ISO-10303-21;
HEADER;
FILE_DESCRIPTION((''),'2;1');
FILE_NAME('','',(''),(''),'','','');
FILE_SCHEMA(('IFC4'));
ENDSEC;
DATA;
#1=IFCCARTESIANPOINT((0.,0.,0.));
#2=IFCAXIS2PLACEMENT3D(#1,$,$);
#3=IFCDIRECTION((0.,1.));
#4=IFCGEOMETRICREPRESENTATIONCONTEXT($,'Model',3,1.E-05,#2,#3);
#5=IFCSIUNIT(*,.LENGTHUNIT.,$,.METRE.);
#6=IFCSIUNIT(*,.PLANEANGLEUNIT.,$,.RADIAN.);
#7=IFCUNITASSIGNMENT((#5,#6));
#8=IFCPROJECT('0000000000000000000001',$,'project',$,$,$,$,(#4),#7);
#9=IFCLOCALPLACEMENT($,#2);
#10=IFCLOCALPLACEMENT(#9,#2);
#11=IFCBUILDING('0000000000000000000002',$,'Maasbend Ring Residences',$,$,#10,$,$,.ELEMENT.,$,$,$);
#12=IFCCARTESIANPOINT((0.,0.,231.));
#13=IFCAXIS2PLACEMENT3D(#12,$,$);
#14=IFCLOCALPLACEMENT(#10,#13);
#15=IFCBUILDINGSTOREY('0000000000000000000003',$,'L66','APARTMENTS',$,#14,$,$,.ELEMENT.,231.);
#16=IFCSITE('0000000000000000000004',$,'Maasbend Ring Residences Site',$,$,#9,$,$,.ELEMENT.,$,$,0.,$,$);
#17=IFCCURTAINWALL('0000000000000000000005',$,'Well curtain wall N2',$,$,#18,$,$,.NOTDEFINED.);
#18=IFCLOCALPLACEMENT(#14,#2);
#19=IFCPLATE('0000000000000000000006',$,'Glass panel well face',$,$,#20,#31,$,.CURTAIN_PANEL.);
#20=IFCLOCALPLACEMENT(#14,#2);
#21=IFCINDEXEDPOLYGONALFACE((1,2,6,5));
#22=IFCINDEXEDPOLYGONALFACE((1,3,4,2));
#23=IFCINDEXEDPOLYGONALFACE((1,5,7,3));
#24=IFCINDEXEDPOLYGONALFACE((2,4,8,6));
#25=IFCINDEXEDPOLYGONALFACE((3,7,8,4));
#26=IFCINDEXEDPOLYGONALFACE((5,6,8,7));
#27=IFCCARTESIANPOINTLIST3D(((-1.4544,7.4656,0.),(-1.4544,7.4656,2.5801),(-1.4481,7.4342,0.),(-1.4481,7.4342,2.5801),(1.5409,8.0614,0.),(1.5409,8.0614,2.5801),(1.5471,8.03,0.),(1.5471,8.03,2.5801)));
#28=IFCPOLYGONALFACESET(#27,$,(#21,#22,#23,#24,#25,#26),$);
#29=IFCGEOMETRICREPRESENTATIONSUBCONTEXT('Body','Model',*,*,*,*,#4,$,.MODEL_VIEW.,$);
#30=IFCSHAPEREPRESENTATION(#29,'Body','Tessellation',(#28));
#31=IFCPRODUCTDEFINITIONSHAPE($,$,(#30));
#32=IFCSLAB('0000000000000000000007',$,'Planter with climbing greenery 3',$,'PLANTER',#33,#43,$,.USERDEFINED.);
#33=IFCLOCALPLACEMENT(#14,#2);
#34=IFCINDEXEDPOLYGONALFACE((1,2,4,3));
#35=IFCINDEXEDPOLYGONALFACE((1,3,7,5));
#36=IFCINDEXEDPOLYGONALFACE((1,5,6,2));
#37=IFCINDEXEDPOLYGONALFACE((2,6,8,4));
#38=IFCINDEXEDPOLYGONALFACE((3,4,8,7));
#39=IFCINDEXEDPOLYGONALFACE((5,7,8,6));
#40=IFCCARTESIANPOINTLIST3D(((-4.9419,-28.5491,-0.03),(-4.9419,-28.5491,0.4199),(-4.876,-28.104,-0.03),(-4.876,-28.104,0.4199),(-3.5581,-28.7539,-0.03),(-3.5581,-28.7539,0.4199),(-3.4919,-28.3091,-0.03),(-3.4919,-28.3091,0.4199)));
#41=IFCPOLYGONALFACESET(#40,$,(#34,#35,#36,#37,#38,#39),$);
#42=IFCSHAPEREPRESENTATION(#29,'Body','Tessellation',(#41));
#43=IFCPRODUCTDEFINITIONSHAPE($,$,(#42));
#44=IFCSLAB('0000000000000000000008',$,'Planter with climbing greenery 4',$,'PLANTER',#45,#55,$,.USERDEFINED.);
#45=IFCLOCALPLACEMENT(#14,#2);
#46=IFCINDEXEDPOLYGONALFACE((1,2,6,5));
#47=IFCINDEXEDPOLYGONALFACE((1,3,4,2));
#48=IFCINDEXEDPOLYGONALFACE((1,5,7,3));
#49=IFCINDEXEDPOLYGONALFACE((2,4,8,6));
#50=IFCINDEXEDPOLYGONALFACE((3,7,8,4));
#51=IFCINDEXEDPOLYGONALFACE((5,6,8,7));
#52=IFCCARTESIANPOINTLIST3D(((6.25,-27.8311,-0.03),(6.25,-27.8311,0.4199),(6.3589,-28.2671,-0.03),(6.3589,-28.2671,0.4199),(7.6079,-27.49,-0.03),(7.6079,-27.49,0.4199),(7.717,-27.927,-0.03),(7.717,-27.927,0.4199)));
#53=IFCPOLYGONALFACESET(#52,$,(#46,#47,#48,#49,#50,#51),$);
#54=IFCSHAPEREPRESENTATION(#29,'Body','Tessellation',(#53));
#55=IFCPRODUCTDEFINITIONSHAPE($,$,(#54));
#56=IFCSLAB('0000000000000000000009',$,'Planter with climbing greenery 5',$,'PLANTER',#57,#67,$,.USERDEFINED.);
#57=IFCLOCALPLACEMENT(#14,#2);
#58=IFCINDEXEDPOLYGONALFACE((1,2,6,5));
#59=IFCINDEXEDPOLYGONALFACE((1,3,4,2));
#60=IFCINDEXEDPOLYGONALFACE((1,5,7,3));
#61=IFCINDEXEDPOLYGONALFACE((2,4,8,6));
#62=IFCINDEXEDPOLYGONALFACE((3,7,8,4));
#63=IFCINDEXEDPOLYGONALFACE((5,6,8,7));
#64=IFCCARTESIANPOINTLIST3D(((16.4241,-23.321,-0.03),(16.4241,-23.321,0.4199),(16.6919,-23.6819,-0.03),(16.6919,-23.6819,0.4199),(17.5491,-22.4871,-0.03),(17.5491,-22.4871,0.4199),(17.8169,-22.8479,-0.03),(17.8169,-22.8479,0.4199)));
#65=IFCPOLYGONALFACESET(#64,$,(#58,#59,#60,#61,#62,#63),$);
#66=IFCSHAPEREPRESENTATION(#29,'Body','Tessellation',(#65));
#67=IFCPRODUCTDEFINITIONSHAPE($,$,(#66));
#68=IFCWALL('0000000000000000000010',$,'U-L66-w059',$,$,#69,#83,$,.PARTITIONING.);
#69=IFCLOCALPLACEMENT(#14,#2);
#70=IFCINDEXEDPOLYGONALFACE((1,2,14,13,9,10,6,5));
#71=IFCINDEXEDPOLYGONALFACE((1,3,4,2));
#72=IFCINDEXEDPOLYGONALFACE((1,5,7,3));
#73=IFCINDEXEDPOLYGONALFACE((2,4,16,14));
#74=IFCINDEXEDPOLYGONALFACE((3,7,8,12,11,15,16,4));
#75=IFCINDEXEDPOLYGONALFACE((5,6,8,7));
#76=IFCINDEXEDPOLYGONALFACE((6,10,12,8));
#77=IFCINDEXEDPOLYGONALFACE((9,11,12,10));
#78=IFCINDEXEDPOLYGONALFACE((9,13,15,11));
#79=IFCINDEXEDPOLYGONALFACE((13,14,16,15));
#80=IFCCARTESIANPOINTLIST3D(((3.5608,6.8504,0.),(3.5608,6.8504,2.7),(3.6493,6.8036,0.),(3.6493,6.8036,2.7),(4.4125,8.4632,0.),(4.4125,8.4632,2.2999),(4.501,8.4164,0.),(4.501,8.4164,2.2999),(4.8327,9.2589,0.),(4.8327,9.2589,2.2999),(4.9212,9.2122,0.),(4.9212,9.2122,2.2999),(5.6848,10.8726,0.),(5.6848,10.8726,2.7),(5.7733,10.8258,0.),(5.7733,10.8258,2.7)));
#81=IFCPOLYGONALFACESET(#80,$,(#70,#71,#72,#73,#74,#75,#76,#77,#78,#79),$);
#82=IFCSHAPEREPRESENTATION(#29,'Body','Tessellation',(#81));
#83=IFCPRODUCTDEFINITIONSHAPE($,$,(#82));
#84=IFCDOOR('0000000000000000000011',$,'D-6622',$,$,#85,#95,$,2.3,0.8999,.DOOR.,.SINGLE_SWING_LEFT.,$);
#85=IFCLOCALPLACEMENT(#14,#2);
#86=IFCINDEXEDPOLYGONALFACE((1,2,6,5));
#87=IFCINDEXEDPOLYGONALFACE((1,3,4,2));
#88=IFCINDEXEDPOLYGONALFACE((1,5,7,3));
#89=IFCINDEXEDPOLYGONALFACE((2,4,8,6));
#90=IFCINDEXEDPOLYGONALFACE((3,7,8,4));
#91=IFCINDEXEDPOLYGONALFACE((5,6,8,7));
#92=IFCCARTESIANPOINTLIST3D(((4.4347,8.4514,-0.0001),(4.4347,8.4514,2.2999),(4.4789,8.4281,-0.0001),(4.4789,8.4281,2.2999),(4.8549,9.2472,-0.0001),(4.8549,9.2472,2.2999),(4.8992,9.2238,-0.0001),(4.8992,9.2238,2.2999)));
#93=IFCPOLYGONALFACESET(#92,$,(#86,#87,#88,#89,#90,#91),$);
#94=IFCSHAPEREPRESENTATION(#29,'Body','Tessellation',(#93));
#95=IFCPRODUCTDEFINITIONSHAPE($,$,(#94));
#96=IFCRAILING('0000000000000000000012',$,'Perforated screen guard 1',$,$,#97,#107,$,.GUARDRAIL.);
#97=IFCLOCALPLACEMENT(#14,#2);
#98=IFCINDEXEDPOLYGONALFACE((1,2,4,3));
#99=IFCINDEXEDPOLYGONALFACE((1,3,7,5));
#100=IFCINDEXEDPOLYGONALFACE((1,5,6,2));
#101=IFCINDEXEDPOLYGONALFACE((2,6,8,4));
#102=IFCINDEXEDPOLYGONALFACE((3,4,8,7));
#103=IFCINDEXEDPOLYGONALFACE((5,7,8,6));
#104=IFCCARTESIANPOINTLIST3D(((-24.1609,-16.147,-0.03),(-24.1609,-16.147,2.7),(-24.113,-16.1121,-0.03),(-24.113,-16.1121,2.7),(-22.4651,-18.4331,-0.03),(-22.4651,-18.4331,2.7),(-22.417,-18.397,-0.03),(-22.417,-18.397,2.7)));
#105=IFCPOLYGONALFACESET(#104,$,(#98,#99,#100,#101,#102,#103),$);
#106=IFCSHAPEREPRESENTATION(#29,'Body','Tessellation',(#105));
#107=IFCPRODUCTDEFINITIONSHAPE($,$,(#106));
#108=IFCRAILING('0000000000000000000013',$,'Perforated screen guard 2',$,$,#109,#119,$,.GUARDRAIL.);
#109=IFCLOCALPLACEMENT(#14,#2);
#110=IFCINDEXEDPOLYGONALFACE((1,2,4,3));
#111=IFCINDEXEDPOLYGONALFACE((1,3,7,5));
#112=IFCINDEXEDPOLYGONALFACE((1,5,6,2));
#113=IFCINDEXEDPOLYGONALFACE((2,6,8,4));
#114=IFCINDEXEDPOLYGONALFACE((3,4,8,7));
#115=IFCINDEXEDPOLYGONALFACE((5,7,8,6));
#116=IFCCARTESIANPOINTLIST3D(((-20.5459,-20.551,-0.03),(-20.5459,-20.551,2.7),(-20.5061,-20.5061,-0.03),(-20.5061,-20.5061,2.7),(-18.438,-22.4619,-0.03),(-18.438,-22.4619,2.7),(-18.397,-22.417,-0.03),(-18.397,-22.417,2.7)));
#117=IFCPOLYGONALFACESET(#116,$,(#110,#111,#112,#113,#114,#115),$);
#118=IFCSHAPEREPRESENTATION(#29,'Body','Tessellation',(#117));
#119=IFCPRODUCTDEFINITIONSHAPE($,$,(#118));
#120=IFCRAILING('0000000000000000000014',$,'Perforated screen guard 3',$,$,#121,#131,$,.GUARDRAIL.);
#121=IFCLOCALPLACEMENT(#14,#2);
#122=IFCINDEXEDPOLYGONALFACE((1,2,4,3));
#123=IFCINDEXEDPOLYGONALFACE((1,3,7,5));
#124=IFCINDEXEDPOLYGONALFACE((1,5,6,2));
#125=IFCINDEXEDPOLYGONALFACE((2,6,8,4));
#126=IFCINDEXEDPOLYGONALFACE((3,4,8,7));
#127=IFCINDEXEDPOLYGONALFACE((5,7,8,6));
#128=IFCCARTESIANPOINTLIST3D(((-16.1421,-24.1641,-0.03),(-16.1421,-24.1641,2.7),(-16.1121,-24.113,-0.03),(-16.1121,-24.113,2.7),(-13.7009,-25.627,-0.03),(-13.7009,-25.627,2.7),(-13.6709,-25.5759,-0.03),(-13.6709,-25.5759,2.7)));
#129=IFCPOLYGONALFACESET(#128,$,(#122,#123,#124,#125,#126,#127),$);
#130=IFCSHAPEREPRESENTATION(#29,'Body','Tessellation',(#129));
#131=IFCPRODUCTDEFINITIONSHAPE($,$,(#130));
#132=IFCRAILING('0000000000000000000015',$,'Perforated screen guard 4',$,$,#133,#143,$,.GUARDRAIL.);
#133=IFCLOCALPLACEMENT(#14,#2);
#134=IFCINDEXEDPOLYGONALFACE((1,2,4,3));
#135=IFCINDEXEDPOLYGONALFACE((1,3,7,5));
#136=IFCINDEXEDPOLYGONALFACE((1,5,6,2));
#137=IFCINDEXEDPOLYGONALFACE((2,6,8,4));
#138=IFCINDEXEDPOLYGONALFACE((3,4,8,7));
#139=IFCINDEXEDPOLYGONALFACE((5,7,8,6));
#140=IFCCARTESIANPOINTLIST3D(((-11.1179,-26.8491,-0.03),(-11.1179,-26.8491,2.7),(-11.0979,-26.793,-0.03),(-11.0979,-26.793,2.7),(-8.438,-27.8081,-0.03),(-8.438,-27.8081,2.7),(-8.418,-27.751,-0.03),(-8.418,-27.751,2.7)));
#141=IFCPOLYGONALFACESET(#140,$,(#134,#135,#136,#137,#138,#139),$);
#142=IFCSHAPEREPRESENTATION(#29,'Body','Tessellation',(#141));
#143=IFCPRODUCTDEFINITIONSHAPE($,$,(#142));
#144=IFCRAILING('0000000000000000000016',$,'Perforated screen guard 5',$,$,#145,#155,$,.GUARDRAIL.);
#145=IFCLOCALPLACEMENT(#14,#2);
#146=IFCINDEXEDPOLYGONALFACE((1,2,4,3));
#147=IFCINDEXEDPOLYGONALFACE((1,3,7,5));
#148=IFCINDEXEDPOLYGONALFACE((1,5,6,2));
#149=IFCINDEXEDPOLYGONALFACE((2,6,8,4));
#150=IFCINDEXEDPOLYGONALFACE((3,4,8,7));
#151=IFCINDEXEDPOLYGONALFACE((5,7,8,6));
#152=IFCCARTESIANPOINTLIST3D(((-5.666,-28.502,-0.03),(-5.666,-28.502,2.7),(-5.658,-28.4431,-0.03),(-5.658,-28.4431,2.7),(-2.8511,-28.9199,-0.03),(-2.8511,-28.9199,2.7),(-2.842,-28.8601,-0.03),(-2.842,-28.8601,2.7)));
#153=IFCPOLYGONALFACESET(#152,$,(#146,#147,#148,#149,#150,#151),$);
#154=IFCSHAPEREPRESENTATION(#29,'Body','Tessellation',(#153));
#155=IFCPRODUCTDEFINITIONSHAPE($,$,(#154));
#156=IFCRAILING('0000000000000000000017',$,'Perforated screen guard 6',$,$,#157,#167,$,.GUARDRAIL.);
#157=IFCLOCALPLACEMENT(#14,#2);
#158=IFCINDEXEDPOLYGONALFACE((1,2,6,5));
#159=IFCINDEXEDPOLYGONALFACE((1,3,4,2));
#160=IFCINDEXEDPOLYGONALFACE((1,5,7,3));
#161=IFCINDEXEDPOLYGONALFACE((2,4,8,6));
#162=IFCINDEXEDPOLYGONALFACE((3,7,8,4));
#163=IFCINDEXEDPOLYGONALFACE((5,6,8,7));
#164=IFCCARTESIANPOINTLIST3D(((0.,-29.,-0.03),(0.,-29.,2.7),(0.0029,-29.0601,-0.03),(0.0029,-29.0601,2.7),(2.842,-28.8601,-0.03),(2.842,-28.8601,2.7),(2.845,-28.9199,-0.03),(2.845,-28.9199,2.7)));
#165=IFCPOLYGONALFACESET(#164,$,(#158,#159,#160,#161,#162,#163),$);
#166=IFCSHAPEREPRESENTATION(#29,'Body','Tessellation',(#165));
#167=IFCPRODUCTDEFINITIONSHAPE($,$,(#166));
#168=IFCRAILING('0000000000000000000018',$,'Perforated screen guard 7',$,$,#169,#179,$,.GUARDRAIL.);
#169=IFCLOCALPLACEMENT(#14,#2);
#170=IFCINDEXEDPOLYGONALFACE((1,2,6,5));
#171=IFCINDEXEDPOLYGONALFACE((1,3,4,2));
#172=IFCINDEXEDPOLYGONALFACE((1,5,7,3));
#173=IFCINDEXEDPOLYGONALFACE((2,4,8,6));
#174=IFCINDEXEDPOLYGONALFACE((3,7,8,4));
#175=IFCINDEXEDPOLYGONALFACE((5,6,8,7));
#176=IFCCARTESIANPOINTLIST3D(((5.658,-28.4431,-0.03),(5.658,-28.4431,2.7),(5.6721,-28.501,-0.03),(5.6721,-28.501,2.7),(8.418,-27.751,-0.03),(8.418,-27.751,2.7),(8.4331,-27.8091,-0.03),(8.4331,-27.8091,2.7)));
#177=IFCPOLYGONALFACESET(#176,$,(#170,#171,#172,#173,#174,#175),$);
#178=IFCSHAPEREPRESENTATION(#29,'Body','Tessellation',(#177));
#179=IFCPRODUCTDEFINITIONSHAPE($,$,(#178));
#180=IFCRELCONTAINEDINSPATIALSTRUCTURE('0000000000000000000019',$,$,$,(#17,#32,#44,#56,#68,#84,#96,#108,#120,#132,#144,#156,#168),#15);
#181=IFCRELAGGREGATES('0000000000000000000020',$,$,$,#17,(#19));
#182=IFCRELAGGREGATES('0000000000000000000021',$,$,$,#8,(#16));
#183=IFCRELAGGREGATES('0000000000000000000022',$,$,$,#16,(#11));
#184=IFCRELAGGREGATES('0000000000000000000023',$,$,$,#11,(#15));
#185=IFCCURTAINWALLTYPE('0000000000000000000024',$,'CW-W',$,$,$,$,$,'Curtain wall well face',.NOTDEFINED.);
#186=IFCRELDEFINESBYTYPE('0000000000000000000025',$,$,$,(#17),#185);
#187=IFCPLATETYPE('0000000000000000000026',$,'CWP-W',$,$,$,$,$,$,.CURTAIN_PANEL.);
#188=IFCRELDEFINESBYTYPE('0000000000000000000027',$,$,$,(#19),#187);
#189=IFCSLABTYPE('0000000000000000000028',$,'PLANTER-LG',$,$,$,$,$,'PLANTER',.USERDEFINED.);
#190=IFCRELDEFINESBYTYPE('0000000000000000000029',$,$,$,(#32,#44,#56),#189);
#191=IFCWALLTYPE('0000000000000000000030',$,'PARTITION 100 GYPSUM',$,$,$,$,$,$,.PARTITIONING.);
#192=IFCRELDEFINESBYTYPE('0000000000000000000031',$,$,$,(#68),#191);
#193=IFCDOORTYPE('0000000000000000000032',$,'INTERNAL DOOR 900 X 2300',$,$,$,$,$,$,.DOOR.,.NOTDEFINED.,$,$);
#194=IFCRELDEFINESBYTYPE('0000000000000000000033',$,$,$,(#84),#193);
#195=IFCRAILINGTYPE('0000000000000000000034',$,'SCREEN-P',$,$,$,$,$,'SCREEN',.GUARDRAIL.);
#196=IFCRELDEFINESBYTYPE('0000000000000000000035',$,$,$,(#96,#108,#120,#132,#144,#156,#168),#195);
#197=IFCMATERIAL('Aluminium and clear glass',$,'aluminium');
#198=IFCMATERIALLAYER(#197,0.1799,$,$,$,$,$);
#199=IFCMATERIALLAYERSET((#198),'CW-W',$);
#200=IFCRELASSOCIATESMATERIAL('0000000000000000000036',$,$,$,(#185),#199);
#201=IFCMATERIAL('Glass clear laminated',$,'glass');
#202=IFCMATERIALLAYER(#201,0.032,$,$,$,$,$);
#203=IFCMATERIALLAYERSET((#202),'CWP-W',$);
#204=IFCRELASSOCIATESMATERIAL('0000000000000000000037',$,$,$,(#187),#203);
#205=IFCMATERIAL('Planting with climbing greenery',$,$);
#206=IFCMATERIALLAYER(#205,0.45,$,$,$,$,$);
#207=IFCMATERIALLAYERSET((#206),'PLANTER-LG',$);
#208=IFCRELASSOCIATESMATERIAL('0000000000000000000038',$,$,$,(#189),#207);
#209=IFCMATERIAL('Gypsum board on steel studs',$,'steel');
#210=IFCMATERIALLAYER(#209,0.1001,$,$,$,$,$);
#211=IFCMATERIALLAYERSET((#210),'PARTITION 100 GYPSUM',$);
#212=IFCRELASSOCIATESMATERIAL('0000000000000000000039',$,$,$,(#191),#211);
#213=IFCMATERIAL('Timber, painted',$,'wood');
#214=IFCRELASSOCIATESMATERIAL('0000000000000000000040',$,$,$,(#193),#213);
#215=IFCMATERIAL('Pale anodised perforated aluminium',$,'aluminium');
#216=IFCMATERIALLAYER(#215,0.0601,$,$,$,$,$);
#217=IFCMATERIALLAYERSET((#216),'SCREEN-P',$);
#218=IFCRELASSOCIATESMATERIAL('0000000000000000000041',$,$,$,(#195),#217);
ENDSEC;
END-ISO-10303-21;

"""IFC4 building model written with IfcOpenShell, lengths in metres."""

from ifc_helpers import new_model, si_unit, direction, frame, frame_2d, origin, origin_2d, place, context, subcontext, project, spatial, polyline, rectangle, outline, extrude, material, layer, layer_set, type_object, element, fill, aggregate, save


model = new_model("IFC4")

# Units and contexts
model_context = context("Model", 3, precision=1e-05, world=origin(), true_north=direction((0.0, 1.0)))
body_context = subcontext(model_context, "Body", "Model", "MODEL_VIEW")
ifc_project = project(units=[si_unit("LENGTHUNIT", "METRE"), si_unit("PLANEANGLEUNIT", "RADIAN")], contexts=[model_context])

# Site, building, storey
site_placement = place(None, origin())
site = spatial("IfcSite", under=ifc_project, at=site_placement, Name="Maasbend Ring Residences Site", CompositionType="ELEMENT", RefElevation=0.0)
building_placement = place(site_placement, origin())
building = spatial("IfcBuilding", under=site, at=building_placement, Name="Maasbend Ring Residences", CompositionType="ELEMENT")
storey_placement = place(building_placement, frame((0.0, 0.0, 231.0)))
storey = spatial("IfcBuildingStorey", under=building, at=storey_placement, Name="L66", Description="APARTMENTS", CompositionType="ELEMENT", Elevation=231.0)

# Shared definitions
ifc_material_1 = material(Name="Aluminium and clear glass", Category="aluminium")
ifc_layer_1 = layer(ifc_material_1, 0.1799)
ifc_layer_set_1 = layer_set([ifc_layer_1], Name="CW-W")
curtain_wall_type = type_object("IfcCurtainWallType", Name="CW-W", ElementType="Curtain wall well face", PredefinedType="NOTDEFINED", material=ifc_layer_set_1)

# Curtain wall
curtain_wall_1_placement = place(storey_placement, origin())
curtain_wall_1 = element("IfcCurtainWall", 1, at=curtain_wall_1_placement, inside=storey, type_object=curtain_wall_type, Name="Well curtain wall N2", PredefinedType="NOTDEFINED")

# Plate
ifc_material_2 = material(Name="Glass clear laminated", Category="glass")
ifc_layer_2 = layer(ifc_material_2, 0.032)
ifc_layer_set_2 = layer_set([ifc_layer_2], Name="CWP-W")
plate_type = type_object("IfcPlateType", Name="CWP-W", PredefinedType="CURTAIN_PANEL", material=ifc_layer_set_2)
plate_1_placement = place(storey_placement, frame((0.0464, 7.7478, 0.0), z_axis=(0.0, 0.0, 1.0), x_axis=(-0.980785, -0.19509, 0.0)))
plate_1 = element("IfcPlate", 2, at=plate_1_placement, type_object=plate_type, Name="Glass panel well face", PredefinedType="CURTAIN_PANEL", context=body_context, shape_type="SweptSolid", body=[
    extrude(rectangle(XDim=3.054, YDim=0.032, at=origin_2d()), origin(), (0.0, 0.0, 1.0), 2.5801),
])
aggregate(curtain_wall_1, [plate_1])

# Slabs
ifc_material_3 = material(Name="Planting with climbing greenery")
ifc_layer_3 = layer(ifc_material_3, 0.45)
ifc_layer_set_3 = layer_set([ifc_layer_3], Name="PLANTER-LG")
slab_type_1 = type_object("IfcSlabType", Name="PLANTER-LG", ElementType="PLANTER", PredefinedType="USERDEFINED", material=ifc_layer_set_3)
slab_1_placement = place(storey_placement, frame((0.0, 0.0, -0.03)))
element("IfcSlab", 3, at=slab_1_placement, inside=storey, type_object=slab_type_1, Name="Planter with climbing greenery 3", ObjectType="PLANTER", PredefinedType="USERDEFINED", context=body_context, shape_type="SweptSolid", body=[
    extrude(outline(polyline([(-4.9419, -28.5491), (-3.5581, -28.7539), (-3.4919, -28.3091), (-4.876, -28.104), (-4.9419, -28.5491)])), origin(), (0.0, 0.0, 1.0), 0.45),
])
slab_2_placement = place(storey_placement, frame((0.0, 0.0, -0.03)))
element("IfcSlab", 4, at=slab_2_placement, inside=storey, type_object=slab_type_1, Name="Planter with climbing greenery 4", ObjectType="PLANTER", PredefinedType="USERDEFINED", context=body_context, shape_type="SweptSolid", body=[
    extrude(outline(polyline([(6.3589, -28.2671), (7.717, -27.927), (7.6079, -27.49), (6.25, -27.8311), (6.3589, -28.2671)])), origin(), (0.0, 0.0, 1.0), 0.45),
])
slab_3_placement = place(storey_placement, frame((0.0, 0.0, -0.03)))
element("IfcSlab", 5, at=slab_3_placement, inside=storey, type_object=slab_type_1, Name="Planter with climbing greenery 5", ObjectType="PLANTER", PredefinedType="USERDEFINED", context=body_context, shape_type="SweptSolid", body=[
    extrude(outline(polyline([(16.6919, -23.6819), (17.8169, -22.8479), (17.5491, -22.4871), (16.4241, -23.321), (16.6919, -23.6819)])), origin(), (0.0, 0.0, 1.0), 0.45),
])

# Wall, opening, door
ifc_material_4 = material(Name="Gypsum board on steel studs", Category="steel")
ifc_layer_4 = layer(ifc_material_4, 0.1001)
ifc_layer_set_4 = layer_set([ifc_layer_4], Name="PARTITION 100 GYPSUM")
wall_type = type_object("IfcWallType", Name="PARTITION 100 GYPSUM", PredefinedType="PARTITIONING", material=ifc_layer_set_4)
wall_placement = place(storey_placement, frame((3.605, 6.8269, 0.0), z_axis=(0.0, 0.0, 1.0), x_axis=(0.466963, 0.884277, 0.0)))
wall = element("IfcWall", 6, at=wall_placement, inside=storey, type_object=wall_type, Name="U-L66-w059", PredefinedType="PARTITIONING", context=body_context, shape_type="SweptSolid", body=[
    extrude(rectangle(XDim=4.5486, YDim=0.1001, at=frame_2d((2.2744, 0.0))), origin(), (0.0, 0.0, 1.0), 2.7),
])
opening_placement = place(wall_placement, frame((1.824, 0.0, 0.0)))
opening = element("IfcOpeningElement", 7, at=opening_placement, cuts=wall, PredefinedType="OPENING", context=body_context, shape_type="SweptSolid", body=[
    extrude(rectangle(XDim=0.8999, YDim=2.3, at=frame_2d((0.45, 1.1499))), frame((0.0, 0.0601, 0.0), z_axis=(0.0, -1.0, 0.0), x_axis=(1.0, 0.0, 0.0)), (0.0, 0.0, 1.0), 0.1201),
])
ifc_material_5 = material(Name="Timber, painted", Category="wood")
door_type = type_object("IfcDoorType", Name="INTERNAL DOOR 900 X 2300", OperationType="NOTDEFINED", PredefinedType="DOOR", material=ifc_material_5)
door_placement = place(opening_placement, origin())
door = element("IfcDoor", 8, at=door_placement, inside=storey, type_object=door_type, Name="D-6622", OperationType="SINGLE_SWING_LEFT", OverallHeight=2.3, OverallWidth=0.8999, PredefinedType="DOOR", context=body_context, shape_type="SweptSolid", body=[
    extrude(rectangle(XDim=0.8999, YDim=2.3, at=frame_2d((0.45, 1.1499))), frame((0.0, 0.0249, 0.0), z_axis=(0.0, -1.0, 0.0), x_axis=(1.0, 0.0, 0.0)), (0.0, 0.0, 1.0), 0.05),
])
fill(opening, door)

# Railings
ifc_material_6 = material(Name="Pale anodised perforated aluminium", Category="aluminium")
ifc_layer_5 = layer(ifc_material_6, 0.0601)
ifc_layer_set_5 = layer_set([ifc_layer_5], Name="SCREEN-P")
railing_type = type_object("IfcRailingType", Name="SCREEN-P", ElementType="SCREEN", PredefinedType="GUARDRAIL", material=ifc_layer_set_5)
railing_1_placement = place(storey_placement, frame((0.0, 0.0, -0.03)))
element("IfcRailing", 9, at=railing_1_placement, inside=storey, type_object=railing_type, Name="Perforated screen guard 1", PredefinedType="GUARDRAIL", context=body_context, shape_type="SweptSolid", body=[
    extrude(outline(polyline([(-24.113, -16.1121), (-22.417, -18.397), (-22.4651, -18.4331), (-24.1609, -16.147), (-24.113, -16.1121)])), origin(), (0.0, 0.0, 1.0), 2.73),
])
railing_2_placement = place(storey_placement, frame((0.0, 0.0, -0.03)))
element("IfcRailing", 10, at=railing_2_placement, inside=storey, type_object=railing_type, Name="Perforated screen guard 2", PredefinedType="GUARDRAIL", context=body_context, shape_type="SweptSolid", body=[
    extrude(outline(polyline([(-20.5061, -20.5061), (-18.397, -22.417), (-18.438, -22.4619), (-20.5459, -20.551), (-20.5061, -20.5061)])), origin(), (0.0, 0.0, 1.0), 2.73),
])
railing_3_placement = place(storey_placement, frame((0.0, 0.0, -0.03)))
element("IfcRailing", 11, at=railing_3_placement, inside=storey, type_object=railing_type, Name="Perforated screen guard 3", PredefinedType="GUARDRAIL", context=body_context, shape_type="SweptSolid", body=[
    extrude(outline(polyline([(-16.1121, -24.113), (-13.6709, -25.5759), (-13.7009, -25.627), (-16.1421, -24.1641), (-16.1121, -24.113)])), origin(), (0.0, 0.0, 1.0), 2.73),
])
railing_4_placement = place(storey_placement, frame((0.0, 0.0, -0.03)))
element("IfcRailing", 12, at=railing_4_placement, inside=storey, type_object=railing_type, Name="Perforated screen guard 4", PredefinedType="GUARDRAIL", context=body_context, shape_type="SweptSolid", body=[
    extrude(outline(polyline([(-11.0979, -26.793), (-8.418, -27.751), (-8.438, -27.8081), (-11.1179, -26.8491), (-11.0979, -26.793)])), origin(), (0.0, 0.0, 1.0), 2.73),
])
railing_5_placement = place(storey_placement, frame((0.0, 0.0, -0.03)))
element("IfcRailing", 13, at=railing_5_placement, inside=storey, type_object=railing_type, Name="Perforated screen guard 5", PredefinedType="GUARDRAIL", context=body_context, shape_type="SweptSolid", body=[
    extrude(outline(polyline([(-5.658, -28.4431), (-2.842, -28.8601), (-2.8511, -28.9199), (-5.666, -28.502), (-5.658, -28.4431)])), origin(), (0.0, 0.0, 1.0), 2.73),
])
railing_6_placement = place(storey_placement, frame((0.0, 0.0, -0.03)))
element("IfcRailing", 14, at=railing_6_placement, inside=storey, type_object=railing_type, Name="Perforated screen guard 6", PredefinedType="GUARDRAIL", context=body_context, shape_type="SweptSolid", body=[
    extrude(outline(polyline([(0.0, -29.0), (2.842, -28.8601), (2.845, -28.9199), (0.0029, -29.0601), (0.0, -29.0)])), origin(), (0.0, 0.0, 1.0), 2.73),
])
railing_7_placement = place(storey_placement, frame((0.0, 0.0, -0.03)))
element("IfcRailing", 15, at=railing_7_placement, inside=storey, type_object=railing_type, Name="Perforated screen guard 7", PredefinedType="GUARDRAIL", context=body_context, shape_type="SweptSolid", body=[
    extrude(outline(polyline([(5.658, -28.4431), (8.418, -27.751), (8.4331, -27.8091), (5.6721, -28.501), (5.658, -28.4431)])), origin(), (0.0, 0.0, 1.0), 2.73),
])

save(model, "model.ifc")
